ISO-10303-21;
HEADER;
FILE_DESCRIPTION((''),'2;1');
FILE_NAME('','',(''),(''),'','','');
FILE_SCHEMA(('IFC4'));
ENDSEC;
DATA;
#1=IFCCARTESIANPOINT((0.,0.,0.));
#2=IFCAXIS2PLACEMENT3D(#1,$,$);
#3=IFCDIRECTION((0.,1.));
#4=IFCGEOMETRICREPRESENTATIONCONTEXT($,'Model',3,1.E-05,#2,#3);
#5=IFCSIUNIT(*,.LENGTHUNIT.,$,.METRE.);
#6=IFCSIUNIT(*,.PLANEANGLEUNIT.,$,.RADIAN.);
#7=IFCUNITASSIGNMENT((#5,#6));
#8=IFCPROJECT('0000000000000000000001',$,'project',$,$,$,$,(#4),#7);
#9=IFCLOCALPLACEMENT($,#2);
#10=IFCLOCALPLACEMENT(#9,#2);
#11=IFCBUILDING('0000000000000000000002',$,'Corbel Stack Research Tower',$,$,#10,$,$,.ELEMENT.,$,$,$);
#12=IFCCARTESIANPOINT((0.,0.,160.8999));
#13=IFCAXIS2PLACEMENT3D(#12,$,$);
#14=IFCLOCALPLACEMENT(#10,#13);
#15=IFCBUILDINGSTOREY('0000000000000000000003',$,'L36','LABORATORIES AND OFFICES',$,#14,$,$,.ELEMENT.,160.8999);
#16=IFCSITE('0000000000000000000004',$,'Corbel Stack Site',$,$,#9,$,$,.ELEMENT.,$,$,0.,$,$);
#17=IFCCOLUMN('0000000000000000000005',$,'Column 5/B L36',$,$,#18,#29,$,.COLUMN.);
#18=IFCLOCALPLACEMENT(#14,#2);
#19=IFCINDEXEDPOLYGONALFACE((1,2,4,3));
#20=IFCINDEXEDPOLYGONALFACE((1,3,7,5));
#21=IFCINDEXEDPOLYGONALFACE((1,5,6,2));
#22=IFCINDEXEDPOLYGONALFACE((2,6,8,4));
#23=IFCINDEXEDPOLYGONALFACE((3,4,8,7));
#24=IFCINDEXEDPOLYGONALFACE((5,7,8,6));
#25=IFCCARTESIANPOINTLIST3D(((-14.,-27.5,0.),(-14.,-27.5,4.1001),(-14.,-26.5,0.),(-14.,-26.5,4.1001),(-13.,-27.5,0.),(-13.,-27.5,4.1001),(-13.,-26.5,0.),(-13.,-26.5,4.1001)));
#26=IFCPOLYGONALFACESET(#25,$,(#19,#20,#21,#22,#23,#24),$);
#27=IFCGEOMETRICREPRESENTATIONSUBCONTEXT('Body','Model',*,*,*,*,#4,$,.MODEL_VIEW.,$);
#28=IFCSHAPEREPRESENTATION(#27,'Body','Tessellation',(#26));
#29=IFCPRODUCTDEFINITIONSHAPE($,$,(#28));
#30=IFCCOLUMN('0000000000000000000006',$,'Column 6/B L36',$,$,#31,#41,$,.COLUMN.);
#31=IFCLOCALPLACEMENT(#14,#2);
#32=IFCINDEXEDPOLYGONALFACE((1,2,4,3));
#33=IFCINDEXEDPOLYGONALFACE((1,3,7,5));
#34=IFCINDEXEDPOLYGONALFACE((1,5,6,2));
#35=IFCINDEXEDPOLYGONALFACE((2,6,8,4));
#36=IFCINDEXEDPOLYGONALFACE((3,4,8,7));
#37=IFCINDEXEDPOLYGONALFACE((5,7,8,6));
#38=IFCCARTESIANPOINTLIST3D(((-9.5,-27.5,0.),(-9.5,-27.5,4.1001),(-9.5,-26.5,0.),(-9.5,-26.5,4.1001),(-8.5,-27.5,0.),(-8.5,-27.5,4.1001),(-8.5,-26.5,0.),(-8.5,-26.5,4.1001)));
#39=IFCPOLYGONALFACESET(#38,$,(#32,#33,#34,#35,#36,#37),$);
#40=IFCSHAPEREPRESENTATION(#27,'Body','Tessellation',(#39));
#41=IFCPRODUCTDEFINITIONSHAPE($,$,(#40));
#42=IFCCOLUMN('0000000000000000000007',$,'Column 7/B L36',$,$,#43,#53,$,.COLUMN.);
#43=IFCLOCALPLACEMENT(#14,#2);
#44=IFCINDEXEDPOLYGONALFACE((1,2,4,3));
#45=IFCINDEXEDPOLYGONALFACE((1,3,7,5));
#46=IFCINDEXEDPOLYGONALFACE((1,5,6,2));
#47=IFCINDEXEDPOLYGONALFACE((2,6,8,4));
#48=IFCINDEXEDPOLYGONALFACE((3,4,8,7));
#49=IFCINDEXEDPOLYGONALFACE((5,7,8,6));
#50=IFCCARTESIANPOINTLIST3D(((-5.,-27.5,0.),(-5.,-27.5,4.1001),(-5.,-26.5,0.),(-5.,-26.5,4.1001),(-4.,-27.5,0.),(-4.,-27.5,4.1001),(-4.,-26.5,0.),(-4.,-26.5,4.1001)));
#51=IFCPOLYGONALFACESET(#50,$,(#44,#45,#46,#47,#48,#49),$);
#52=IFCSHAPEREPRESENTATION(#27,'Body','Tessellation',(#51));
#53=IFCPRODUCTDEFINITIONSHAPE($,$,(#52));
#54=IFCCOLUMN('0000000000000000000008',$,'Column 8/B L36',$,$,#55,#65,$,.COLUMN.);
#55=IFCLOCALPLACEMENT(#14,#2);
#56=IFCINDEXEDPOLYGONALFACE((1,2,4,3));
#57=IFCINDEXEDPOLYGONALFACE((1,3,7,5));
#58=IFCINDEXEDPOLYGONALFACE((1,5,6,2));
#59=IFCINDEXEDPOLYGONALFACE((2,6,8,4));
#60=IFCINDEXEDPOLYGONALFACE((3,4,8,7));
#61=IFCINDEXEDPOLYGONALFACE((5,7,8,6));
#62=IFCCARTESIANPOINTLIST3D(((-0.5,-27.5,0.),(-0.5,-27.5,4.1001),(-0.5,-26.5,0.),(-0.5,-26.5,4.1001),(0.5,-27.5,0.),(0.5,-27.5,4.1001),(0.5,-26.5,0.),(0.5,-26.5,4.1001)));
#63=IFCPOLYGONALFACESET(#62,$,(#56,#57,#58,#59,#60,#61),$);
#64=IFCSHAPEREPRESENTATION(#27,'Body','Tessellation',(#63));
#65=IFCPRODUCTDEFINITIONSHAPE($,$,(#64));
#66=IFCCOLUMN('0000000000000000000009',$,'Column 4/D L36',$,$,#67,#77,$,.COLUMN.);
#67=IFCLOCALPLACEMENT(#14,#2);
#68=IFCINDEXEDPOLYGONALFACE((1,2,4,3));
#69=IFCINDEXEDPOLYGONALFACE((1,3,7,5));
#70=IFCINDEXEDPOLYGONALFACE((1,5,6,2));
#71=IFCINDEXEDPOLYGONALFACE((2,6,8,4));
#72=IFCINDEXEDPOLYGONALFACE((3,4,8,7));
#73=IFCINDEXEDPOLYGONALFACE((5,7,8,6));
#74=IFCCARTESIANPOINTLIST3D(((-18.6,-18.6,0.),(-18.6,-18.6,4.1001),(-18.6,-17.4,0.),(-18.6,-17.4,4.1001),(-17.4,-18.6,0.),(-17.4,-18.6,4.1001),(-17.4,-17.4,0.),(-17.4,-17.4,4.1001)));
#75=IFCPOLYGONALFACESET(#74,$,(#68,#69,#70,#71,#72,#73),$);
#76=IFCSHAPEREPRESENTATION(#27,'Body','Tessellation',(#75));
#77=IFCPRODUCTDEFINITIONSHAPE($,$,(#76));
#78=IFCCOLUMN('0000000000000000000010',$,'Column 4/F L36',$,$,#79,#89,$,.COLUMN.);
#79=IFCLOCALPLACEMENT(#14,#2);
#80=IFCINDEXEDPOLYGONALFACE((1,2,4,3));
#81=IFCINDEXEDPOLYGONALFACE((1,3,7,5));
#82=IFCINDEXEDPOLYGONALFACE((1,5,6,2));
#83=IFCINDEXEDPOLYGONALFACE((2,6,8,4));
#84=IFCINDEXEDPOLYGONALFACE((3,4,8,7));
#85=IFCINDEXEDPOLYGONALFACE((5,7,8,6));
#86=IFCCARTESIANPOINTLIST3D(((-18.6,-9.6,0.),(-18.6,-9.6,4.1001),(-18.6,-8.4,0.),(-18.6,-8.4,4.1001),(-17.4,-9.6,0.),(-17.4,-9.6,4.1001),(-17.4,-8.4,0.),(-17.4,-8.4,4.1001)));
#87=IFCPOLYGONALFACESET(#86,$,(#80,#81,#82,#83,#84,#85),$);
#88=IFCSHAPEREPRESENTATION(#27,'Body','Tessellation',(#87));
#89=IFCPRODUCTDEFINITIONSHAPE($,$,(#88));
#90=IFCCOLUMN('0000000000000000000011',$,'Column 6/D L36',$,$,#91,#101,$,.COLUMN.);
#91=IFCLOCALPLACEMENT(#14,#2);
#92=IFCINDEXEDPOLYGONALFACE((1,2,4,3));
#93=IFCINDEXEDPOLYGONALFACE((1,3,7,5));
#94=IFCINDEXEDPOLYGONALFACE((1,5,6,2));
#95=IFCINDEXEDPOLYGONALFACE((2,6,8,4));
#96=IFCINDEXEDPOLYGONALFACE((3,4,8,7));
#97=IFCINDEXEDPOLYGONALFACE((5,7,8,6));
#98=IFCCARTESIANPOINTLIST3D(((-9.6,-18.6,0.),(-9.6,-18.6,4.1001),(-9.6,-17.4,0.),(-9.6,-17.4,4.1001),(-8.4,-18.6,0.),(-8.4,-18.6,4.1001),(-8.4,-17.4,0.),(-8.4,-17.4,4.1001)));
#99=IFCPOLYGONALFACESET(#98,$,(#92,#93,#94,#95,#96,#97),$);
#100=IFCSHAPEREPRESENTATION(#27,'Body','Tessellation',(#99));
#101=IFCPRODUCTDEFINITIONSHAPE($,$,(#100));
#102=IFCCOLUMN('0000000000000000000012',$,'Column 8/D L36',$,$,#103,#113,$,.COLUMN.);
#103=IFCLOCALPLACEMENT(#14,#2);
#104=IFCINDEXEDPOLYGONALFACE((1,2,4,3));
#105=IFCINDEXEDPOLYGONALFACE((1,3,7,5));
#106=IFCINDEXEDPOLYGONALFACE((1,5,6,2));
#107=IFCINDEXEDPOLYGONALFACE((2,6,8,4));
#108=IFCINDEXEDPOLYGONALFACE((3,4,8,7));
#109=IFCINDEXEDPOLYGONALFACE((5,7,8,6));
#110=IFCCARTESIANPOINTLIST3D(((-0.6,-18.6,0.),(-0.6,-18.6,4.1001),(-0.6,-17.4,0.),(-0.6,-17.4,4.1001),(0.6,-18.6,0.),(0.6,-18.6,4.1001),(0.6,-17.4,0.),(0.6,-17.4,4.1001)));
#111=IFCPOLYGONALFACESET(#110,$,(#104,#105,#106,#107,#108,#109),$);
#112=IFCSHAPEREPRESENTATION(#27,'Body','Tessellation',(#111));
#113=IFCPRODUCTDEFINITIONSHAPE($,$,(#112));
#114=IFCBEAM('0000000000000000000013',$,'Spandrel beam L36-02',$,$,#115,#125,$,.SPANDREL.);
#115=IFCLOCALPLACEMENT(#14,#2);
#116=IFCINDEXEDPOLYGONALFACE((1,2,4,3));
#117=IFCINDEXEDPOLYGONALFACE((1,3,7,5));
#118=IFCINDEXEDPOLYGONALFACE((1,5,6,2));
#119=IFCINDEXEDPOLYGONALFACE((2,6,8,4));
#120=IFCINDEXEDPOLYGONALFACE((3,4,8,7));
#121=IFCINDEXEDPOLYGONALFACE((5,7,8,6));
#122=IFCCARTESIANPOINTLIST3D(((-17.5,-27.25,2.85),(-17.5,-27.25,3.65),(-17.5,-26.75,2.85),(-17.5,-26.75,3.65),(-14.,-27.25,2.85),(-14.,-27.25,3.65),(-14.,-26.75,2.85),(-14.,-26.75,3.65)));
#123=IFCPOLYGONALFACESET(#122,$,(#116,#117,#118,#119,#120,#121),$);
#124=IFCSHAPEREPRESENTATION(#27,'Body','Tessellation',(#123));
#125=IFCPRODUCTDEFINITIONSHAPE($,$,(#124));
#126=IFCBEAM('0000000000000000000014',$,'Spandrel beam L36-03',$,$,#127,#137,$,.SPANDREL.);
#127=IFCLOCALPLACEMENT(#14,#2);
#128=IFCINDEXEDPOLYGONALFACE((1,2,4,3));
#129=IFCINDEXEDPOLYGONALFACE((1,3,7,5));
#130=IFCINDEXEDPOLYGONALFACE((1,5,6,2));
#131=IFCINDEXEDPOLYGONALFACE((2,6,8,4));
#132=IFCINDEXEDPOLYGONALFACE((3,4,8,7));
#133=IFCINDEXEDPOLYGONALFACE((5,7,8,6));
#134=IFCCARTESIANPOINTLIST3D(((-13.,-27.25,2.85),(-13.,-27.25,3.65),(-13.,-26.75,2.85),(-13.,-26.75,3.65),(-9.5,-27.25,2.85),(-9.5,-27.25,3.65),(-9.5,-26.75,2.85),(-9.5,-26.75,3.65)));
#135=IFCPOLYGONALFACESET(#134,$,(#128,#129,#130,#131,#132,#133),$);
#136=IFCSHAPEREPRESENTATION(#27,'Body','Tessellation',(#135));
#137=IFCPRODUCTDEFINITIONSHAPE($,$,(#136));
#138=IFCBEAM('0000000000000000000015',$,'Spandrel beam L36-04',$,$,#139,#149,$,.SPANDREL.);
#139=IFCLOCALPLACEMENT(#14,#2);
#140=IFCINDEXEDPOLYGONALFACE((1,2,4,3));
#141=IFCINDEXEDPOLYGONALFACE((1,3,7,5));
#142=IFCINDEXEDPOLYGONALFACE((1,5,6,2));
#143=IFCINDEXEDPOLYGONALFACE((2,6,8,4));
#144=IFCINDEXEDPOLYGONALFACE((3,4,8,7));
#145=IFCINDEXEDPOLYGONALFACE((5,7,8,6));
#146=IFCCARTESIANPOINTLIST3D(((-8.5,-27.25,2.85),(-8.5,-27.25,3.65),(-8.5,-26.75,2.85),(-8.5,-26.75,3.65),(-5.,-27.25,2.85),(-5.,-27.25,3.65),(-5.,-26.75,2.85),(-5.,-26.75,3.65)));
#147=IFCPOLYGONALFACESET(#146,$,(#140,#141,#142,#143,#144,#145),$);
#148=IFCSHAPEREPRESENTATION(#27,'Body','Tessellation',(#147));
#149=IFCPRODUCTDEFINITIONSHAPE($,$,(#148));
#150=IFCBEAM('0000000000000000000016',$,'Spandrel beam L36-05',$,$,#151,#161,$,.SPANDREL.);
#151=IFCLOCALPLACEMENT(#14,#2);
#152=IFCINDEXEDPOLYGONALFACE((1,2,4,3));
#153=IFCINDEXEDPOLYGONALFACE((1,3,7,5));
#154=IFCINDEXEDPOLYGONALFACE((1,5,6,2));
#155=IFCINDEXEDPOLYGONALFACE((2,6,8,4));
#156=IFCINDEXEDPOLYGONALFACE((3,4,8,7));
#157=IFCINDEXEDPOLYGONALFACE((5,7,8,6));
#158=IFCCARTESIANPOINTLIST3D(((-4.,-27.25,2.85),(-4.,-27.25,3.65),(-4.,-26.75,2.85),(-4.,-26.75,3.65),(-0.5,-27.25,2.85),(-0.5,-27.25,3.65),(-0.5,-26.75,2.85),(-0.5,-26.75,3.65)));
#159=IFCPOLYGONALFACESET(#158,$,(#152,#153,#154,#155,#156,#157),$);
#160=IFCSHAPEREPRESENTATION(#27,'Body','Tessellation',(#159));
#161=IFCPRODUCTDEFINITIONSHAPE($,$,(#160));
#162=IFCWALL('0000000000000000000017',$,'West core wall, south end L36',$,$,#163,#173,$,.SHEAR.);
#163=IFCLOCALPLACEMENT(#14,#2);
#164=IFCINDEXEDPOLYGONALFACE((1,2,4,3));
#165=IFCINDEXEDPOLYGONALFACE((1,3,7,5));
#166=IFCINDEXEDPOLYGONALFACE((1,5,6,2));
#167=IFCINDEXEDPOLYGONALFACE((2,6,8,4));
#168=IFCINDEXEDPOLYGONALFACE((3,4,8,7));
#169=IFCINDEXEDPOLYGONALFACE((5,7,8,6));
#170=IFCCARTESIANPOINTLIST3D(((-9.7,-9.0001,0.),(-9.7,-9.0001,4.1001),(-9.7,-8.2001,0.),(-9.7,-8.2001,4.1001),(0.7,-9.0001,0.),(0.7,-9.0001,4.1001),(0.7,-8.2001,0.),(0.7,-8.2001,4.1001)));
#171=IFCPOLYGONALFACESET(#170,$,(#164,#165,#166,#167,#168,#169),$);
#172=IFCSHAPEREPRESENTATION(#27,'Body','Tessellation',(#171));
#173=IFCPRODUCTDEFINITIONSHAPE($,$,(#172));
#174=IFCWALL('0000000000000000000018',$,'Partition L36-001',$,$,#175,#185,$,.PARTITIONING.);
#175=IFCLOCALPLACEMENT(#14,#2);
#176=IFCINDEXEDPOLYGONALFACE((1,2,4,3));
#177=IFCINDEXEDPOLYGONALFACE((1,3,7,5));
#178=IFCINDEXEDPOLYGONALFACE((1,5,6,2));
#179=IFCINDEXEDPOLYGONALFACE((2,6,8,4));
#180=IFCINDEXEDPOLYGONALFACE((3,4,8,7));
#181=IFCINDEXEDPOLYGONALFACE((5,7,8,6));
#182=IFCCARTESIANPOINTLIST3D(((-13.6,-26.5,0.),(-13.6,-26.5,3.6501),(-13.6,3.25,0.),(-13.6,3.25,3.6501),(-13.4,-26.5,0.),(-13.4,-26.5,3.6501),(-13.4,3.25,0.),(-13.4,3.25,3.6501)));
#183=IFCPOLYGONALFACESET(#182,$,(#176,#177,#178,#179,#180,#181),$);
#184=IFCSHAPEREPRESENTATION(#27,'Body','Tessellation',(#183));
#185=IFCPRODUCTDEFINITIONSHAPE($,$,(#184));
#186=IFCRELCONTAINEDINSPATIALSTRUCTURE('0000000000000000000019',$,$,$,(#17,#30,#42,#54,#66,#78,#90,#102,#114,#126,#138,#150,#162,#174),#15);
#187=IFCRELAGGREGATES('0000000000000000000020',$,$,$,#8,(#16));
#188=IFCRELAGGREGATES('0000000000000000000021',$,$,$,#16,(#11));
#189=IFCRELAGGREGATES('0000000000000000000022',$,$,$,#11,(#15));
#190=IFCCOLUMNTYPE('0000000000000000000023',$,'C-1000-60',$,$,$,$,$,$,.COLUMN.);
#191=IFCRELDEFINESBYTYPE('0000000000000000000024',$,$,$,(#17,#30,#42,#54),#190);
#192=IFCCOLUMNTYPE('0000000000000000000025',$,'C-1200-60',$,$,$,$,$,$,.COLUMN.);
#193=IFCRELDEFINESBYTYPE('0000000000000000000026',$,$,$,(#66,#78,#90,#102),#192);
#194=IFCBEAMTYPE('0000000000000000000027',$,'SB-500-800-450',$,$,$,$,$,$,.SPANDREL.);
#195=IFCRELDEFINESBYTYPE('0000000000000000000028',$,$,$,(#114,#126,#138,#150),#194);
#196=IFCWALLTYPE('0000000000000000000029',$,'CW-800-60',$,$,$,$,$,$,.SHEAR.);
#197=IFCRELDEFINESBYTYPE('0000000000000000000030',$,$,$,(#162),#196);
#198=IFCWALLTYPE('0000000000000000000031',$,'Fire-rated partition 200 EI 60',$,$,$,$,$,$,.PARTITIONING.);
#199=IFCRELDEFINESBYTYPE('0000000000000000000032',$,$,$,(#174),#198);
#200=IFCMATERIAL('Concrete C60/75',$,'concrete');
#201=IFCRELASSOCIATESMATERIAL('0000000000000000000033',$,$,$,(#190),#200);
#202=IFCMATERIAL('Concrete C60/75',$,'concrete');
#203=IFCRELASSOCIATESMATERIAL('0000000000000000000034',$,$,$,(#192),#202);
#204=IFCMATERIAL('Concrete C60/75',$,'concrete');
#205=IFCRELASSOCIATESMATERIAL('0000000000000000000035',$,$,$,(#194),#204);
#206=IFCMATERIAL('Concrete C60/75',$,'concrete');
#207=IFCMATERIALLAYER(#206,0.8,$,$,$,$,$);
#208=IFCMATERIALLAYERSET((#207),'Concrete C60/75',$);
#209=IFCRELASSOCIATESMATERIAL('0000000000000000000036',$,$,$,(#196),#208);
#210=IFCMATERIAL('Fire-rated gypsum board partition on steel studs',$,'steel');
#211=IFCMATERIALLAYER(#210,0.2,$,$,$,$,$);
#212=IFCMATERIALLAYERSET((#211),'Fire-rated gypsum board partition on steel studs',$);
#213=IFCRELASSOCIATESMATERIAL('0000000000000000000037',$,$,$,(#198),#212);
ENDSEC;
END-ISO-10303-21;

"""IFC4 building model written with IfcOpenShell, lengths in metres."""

from ifc_helpers import new_model, si_unit, direction, frame, frame_2d, origin, origin_2d, place, context, subcontext, project, spatial, rectangle, extrude, material, layer, layer_set, material_profile, profile_set, type_object, element, save


model = new_model("IFC4")

# Units and contexts
model_context = context("Model", 3, precision=1e-05, world=origin(), true_north=direction((0.0, 1.0)))
body_context = subcontext(model_context, "Body", "Model", "MODEL_VIEW")
ifc_project = project(units=[si_unit("LENGTHUNIT", "METRE"), si_unit("PLANEANGLEUNIT", "RADIAN")], contexts=[model_context])

# Site, building, storey
site_placement = place(None, origin())
site = spatial("IfcSite", under=ifc_project, at=site_placement, Name="Corbel Stack Site", CompositionType="ELEMENT", RefElevation=0.0)
building_placement = place(site_placement, origin())
building = spatial("IfcBuilding", under=site, at=building_placement, Name="Corbel Stack Research Tower", CompositionType="ELEMENT")
storey_placement = place(building_placement, frame((0.0, 0.0, 160.8999)))
storey = spatial("IfcBuildingStorey", under=building, at=storey_placement, Name="L36", Description="LABORATORIES AND OFFICES", CompositionType="ELEMENT", Elevation=160.8999)

# Columns
ifc_material_1 = material(Name="Concrete C60/75", Category="concrete")
ifc_material_profile_1 = material_profile(ifc_material_1, rectangle(XDim=1.0, YDim=1.0, at=origin_2d()), Name="RC 1000 x 1000")
ifc_profile_set_1 = profile_set([ifc_material_profile_1], Name="Concrete C60/75")
column_type_1 = type_object("IfcColumnType", Name="C-1000-60", PredefinedType="COLUMN", material=ifc_profile_set_1)
for number, where, z_axis, x_axis, name in (
    (1, (-13.5, -27.0, 0.0), (0.0, 0.0, 1.0), (1.0, 0.0, 0.0), "Column 5/B L36"),
    (2, (-9.0, -27.0, 0.0), (0.0, 0.0, 1.0), (1.0, 0.0, 0.0), "Column 6/B L36"),
    (3, (-4.5, -27.0, 0.0), (0.0, 0.0, 1.0), (1.0, 0.0, 0.0), "Column 7/B L36"),
    (4, (0.0, -27.0, 0.0), (0.0, 0.0, 1.0), (1.0, 0.0, 0.0), "Column 8/B L36"),
):
    element("IfcColumn", number, at=place(storey_placement, frame(where, z_axis=z_axis, x_axis=x_axis)), inside=storey, type_object=column_type_1, Name=name, PredefinedType="COLUMN", context=body_context, shape_type="SweptSolid", body=[
        extrude(rectangle(XDim=1.0, YDim=1.0, at=origin_2d()), origin(), (0.0, 0.0, 1.0), 4.1001),
    ])
ifc_material_2 = material(Name="Concrete C60/75", Category="concrete")
ifc_material_profile_2 = material_profile(ifc_material_2, rectangle(XDim=1.2, YDim=1.2, at=origin_2d()), Name="RC 1200 x 1200")
ifc_profile_set_2 = profile_set([ifc_material_profile_2], Name="Concrete C60/75")
column_type_2 = type_object("IfcColumnType", Name="C-1200-60", PredefinedType="COLUMN", material=ifc_profile_set_2)
for number, where, z_axis, x_axis, name in (
    (5, (-18.0, -18.0, 0.0), (0.0, 0.0, 1.0), (1.0, 0.0, 0.0), "Column 4/D L36"),
    (6, (-18.0, -9.0, 0.0), (0.0, 0.0, 1.0), (1.0, 0.0, 0.0), "Column 4/F L36"),
    (7, (-9.0, -18.0, 0.0), (0.0, 0.0, 1.0), (1.0, 0.0, 0.0), "Column 6/D L36"),
    (8, (0.0, -18.0, 0.0), (0.0, 0.0, 1.0), (1.0, 0.0, 0.0), "Column 8/D L36"),
):
    element("IfcColumn", number, at=place(storey_placement, frame(where, z_axis=z_axis, x_axis=x_axis)), inside=storey, type_object=column_type_2, Name=name, PredefinedType="COLUMN", context=body_context, shape_type="SweptSolid", body=[
        extrude(rectangle(XDim=1.2, YDim=1.2, at=origin_2d()), origin(), (0.0, 0.0, 1.0), 4.1001),
    ])

# Beams
ifc_material_3 = material(Name="Concrete C60/75", Category="concrete")
ifc_material_profile_3 = material_profile(ifc_material_3, rectangle(XDim=0.5, YDim=0.8, at=origin_2d()), Name="RC 500 x 800")
ifc_profile_set_3 = profile_set([ifc_material_profile_3], Name="Concrete C60/75")
beam_type = type_object("IfcBeamType", Name="SB-500-800-450", PredefinedType="SPANDREL", material=ifc_profile_set_3)
for number, where, z_axis, x_axis, name in (
    (9, (-17.5, -27.0, 3.25), (1.0, 0.0, 0.0), (0.0, 1.0, 0.0), "Spandrel beam L36-02"),
    (10, (-13.0, -27.0, 3.25), (1.0, 0.0, 0.0), (0.0, 1.0, 0.0), "Spandrel beam L36-03"),
    (11, (-8.5, -27.0, 3.25), (1.0, 0.0, 0.0), (0.0, 1.0, 0.0), "Spandrel beam L36-04"),
    (12, (-4.0, -27.0, 3.25), (1.0, 0.0, 0.0), (0.0, 1.0, 0.0), "Spandrel beam L36-05"),
):
    element("IfcBeam", number, at=place(storey_placement, frame(where, z_axis=z_axis, x_axis=x_axis)), inside=storey, type_object=beam_type, Name=name, PredefinedType="SPANDREL", context=body_context, shape_type="SweptSolid", body=[
        extrude(rectangle(XDim=0.5, YDim=0.8, at=origin_2d()), origin(), (0.0, 0.0, 1.0), 3.5),
    ])

# Shared definitions
ifc_material_4 = material(Name="Concrete C60/75", Category="concrete")
ifc_layer_1 = layer(ifc_material_4, 0.8)
ifc_layer_set_1 = layer_set([ifc_layer_1], Name="Concrete C60/75")
wall_type_1 = type_object("IfcWallType", Name="CW-800-60", PredefinedType="SHEAR", material=ifc_layer_set_1)

# Walls
wall_1_placement = place(storey_placement, frame((-9.7, -8.6001, 0.0), z_axis=(0.0, 0.0, 1.0), x_axis=(1.0, 0.0, 0.0)))
element("IfcWall", 13, at=wall_1_placement, inside=storey, type_object=wall_type_1, Name="West core wall, south end L36", PredefinedType="SHEAR", context=body_context, shape_type="SweptSolid", body=[
    extrude(rectangle(XDim=10.3999, YDim=0.8, at=frame_2d((5.2, 0.0))), origin(), (0.0, 0.0, 1.0), 4.1001),
])
ifc_material_5 = material(Name="Fire-rated gypsum board partition on steel studs", Category="steel")
ifc_layer_2 = layer(ifc_material_5, 0.2)
ifc_layer_set_2 = layer_set([ifc_layer_2], Name="Fire-rated gypsum board partition on steel studs")
wall_type_2 = type_object("IfcWallType", Name="Fire-rated partition 200 EI 60", PredefinedType="PARTITIONING", material=ifc_layer_set_2)
wall_2_placement = place(storey_placement, frame((-13.5, -26.5, 0.0), z_axis=(0.0, 0.0, 1.0), x_axis=(0.0, 1.0, 0.0)))
element("IfcWall", 14, at=wall_2_placement, inside=storey, type_object=wall_type_2, Name="Partition L36-001", PredefinedType="PARTITIONING", context=body_context, shape_type="SweptSolid", body=[
    extrude(rectangle(XDim=29.75, YDim=0.2, at=frame_2d((14.875, 0.0))), origin(), (0.0, 0.0, 1.0), 3.6501),
])

save(model, "model.ifc")
